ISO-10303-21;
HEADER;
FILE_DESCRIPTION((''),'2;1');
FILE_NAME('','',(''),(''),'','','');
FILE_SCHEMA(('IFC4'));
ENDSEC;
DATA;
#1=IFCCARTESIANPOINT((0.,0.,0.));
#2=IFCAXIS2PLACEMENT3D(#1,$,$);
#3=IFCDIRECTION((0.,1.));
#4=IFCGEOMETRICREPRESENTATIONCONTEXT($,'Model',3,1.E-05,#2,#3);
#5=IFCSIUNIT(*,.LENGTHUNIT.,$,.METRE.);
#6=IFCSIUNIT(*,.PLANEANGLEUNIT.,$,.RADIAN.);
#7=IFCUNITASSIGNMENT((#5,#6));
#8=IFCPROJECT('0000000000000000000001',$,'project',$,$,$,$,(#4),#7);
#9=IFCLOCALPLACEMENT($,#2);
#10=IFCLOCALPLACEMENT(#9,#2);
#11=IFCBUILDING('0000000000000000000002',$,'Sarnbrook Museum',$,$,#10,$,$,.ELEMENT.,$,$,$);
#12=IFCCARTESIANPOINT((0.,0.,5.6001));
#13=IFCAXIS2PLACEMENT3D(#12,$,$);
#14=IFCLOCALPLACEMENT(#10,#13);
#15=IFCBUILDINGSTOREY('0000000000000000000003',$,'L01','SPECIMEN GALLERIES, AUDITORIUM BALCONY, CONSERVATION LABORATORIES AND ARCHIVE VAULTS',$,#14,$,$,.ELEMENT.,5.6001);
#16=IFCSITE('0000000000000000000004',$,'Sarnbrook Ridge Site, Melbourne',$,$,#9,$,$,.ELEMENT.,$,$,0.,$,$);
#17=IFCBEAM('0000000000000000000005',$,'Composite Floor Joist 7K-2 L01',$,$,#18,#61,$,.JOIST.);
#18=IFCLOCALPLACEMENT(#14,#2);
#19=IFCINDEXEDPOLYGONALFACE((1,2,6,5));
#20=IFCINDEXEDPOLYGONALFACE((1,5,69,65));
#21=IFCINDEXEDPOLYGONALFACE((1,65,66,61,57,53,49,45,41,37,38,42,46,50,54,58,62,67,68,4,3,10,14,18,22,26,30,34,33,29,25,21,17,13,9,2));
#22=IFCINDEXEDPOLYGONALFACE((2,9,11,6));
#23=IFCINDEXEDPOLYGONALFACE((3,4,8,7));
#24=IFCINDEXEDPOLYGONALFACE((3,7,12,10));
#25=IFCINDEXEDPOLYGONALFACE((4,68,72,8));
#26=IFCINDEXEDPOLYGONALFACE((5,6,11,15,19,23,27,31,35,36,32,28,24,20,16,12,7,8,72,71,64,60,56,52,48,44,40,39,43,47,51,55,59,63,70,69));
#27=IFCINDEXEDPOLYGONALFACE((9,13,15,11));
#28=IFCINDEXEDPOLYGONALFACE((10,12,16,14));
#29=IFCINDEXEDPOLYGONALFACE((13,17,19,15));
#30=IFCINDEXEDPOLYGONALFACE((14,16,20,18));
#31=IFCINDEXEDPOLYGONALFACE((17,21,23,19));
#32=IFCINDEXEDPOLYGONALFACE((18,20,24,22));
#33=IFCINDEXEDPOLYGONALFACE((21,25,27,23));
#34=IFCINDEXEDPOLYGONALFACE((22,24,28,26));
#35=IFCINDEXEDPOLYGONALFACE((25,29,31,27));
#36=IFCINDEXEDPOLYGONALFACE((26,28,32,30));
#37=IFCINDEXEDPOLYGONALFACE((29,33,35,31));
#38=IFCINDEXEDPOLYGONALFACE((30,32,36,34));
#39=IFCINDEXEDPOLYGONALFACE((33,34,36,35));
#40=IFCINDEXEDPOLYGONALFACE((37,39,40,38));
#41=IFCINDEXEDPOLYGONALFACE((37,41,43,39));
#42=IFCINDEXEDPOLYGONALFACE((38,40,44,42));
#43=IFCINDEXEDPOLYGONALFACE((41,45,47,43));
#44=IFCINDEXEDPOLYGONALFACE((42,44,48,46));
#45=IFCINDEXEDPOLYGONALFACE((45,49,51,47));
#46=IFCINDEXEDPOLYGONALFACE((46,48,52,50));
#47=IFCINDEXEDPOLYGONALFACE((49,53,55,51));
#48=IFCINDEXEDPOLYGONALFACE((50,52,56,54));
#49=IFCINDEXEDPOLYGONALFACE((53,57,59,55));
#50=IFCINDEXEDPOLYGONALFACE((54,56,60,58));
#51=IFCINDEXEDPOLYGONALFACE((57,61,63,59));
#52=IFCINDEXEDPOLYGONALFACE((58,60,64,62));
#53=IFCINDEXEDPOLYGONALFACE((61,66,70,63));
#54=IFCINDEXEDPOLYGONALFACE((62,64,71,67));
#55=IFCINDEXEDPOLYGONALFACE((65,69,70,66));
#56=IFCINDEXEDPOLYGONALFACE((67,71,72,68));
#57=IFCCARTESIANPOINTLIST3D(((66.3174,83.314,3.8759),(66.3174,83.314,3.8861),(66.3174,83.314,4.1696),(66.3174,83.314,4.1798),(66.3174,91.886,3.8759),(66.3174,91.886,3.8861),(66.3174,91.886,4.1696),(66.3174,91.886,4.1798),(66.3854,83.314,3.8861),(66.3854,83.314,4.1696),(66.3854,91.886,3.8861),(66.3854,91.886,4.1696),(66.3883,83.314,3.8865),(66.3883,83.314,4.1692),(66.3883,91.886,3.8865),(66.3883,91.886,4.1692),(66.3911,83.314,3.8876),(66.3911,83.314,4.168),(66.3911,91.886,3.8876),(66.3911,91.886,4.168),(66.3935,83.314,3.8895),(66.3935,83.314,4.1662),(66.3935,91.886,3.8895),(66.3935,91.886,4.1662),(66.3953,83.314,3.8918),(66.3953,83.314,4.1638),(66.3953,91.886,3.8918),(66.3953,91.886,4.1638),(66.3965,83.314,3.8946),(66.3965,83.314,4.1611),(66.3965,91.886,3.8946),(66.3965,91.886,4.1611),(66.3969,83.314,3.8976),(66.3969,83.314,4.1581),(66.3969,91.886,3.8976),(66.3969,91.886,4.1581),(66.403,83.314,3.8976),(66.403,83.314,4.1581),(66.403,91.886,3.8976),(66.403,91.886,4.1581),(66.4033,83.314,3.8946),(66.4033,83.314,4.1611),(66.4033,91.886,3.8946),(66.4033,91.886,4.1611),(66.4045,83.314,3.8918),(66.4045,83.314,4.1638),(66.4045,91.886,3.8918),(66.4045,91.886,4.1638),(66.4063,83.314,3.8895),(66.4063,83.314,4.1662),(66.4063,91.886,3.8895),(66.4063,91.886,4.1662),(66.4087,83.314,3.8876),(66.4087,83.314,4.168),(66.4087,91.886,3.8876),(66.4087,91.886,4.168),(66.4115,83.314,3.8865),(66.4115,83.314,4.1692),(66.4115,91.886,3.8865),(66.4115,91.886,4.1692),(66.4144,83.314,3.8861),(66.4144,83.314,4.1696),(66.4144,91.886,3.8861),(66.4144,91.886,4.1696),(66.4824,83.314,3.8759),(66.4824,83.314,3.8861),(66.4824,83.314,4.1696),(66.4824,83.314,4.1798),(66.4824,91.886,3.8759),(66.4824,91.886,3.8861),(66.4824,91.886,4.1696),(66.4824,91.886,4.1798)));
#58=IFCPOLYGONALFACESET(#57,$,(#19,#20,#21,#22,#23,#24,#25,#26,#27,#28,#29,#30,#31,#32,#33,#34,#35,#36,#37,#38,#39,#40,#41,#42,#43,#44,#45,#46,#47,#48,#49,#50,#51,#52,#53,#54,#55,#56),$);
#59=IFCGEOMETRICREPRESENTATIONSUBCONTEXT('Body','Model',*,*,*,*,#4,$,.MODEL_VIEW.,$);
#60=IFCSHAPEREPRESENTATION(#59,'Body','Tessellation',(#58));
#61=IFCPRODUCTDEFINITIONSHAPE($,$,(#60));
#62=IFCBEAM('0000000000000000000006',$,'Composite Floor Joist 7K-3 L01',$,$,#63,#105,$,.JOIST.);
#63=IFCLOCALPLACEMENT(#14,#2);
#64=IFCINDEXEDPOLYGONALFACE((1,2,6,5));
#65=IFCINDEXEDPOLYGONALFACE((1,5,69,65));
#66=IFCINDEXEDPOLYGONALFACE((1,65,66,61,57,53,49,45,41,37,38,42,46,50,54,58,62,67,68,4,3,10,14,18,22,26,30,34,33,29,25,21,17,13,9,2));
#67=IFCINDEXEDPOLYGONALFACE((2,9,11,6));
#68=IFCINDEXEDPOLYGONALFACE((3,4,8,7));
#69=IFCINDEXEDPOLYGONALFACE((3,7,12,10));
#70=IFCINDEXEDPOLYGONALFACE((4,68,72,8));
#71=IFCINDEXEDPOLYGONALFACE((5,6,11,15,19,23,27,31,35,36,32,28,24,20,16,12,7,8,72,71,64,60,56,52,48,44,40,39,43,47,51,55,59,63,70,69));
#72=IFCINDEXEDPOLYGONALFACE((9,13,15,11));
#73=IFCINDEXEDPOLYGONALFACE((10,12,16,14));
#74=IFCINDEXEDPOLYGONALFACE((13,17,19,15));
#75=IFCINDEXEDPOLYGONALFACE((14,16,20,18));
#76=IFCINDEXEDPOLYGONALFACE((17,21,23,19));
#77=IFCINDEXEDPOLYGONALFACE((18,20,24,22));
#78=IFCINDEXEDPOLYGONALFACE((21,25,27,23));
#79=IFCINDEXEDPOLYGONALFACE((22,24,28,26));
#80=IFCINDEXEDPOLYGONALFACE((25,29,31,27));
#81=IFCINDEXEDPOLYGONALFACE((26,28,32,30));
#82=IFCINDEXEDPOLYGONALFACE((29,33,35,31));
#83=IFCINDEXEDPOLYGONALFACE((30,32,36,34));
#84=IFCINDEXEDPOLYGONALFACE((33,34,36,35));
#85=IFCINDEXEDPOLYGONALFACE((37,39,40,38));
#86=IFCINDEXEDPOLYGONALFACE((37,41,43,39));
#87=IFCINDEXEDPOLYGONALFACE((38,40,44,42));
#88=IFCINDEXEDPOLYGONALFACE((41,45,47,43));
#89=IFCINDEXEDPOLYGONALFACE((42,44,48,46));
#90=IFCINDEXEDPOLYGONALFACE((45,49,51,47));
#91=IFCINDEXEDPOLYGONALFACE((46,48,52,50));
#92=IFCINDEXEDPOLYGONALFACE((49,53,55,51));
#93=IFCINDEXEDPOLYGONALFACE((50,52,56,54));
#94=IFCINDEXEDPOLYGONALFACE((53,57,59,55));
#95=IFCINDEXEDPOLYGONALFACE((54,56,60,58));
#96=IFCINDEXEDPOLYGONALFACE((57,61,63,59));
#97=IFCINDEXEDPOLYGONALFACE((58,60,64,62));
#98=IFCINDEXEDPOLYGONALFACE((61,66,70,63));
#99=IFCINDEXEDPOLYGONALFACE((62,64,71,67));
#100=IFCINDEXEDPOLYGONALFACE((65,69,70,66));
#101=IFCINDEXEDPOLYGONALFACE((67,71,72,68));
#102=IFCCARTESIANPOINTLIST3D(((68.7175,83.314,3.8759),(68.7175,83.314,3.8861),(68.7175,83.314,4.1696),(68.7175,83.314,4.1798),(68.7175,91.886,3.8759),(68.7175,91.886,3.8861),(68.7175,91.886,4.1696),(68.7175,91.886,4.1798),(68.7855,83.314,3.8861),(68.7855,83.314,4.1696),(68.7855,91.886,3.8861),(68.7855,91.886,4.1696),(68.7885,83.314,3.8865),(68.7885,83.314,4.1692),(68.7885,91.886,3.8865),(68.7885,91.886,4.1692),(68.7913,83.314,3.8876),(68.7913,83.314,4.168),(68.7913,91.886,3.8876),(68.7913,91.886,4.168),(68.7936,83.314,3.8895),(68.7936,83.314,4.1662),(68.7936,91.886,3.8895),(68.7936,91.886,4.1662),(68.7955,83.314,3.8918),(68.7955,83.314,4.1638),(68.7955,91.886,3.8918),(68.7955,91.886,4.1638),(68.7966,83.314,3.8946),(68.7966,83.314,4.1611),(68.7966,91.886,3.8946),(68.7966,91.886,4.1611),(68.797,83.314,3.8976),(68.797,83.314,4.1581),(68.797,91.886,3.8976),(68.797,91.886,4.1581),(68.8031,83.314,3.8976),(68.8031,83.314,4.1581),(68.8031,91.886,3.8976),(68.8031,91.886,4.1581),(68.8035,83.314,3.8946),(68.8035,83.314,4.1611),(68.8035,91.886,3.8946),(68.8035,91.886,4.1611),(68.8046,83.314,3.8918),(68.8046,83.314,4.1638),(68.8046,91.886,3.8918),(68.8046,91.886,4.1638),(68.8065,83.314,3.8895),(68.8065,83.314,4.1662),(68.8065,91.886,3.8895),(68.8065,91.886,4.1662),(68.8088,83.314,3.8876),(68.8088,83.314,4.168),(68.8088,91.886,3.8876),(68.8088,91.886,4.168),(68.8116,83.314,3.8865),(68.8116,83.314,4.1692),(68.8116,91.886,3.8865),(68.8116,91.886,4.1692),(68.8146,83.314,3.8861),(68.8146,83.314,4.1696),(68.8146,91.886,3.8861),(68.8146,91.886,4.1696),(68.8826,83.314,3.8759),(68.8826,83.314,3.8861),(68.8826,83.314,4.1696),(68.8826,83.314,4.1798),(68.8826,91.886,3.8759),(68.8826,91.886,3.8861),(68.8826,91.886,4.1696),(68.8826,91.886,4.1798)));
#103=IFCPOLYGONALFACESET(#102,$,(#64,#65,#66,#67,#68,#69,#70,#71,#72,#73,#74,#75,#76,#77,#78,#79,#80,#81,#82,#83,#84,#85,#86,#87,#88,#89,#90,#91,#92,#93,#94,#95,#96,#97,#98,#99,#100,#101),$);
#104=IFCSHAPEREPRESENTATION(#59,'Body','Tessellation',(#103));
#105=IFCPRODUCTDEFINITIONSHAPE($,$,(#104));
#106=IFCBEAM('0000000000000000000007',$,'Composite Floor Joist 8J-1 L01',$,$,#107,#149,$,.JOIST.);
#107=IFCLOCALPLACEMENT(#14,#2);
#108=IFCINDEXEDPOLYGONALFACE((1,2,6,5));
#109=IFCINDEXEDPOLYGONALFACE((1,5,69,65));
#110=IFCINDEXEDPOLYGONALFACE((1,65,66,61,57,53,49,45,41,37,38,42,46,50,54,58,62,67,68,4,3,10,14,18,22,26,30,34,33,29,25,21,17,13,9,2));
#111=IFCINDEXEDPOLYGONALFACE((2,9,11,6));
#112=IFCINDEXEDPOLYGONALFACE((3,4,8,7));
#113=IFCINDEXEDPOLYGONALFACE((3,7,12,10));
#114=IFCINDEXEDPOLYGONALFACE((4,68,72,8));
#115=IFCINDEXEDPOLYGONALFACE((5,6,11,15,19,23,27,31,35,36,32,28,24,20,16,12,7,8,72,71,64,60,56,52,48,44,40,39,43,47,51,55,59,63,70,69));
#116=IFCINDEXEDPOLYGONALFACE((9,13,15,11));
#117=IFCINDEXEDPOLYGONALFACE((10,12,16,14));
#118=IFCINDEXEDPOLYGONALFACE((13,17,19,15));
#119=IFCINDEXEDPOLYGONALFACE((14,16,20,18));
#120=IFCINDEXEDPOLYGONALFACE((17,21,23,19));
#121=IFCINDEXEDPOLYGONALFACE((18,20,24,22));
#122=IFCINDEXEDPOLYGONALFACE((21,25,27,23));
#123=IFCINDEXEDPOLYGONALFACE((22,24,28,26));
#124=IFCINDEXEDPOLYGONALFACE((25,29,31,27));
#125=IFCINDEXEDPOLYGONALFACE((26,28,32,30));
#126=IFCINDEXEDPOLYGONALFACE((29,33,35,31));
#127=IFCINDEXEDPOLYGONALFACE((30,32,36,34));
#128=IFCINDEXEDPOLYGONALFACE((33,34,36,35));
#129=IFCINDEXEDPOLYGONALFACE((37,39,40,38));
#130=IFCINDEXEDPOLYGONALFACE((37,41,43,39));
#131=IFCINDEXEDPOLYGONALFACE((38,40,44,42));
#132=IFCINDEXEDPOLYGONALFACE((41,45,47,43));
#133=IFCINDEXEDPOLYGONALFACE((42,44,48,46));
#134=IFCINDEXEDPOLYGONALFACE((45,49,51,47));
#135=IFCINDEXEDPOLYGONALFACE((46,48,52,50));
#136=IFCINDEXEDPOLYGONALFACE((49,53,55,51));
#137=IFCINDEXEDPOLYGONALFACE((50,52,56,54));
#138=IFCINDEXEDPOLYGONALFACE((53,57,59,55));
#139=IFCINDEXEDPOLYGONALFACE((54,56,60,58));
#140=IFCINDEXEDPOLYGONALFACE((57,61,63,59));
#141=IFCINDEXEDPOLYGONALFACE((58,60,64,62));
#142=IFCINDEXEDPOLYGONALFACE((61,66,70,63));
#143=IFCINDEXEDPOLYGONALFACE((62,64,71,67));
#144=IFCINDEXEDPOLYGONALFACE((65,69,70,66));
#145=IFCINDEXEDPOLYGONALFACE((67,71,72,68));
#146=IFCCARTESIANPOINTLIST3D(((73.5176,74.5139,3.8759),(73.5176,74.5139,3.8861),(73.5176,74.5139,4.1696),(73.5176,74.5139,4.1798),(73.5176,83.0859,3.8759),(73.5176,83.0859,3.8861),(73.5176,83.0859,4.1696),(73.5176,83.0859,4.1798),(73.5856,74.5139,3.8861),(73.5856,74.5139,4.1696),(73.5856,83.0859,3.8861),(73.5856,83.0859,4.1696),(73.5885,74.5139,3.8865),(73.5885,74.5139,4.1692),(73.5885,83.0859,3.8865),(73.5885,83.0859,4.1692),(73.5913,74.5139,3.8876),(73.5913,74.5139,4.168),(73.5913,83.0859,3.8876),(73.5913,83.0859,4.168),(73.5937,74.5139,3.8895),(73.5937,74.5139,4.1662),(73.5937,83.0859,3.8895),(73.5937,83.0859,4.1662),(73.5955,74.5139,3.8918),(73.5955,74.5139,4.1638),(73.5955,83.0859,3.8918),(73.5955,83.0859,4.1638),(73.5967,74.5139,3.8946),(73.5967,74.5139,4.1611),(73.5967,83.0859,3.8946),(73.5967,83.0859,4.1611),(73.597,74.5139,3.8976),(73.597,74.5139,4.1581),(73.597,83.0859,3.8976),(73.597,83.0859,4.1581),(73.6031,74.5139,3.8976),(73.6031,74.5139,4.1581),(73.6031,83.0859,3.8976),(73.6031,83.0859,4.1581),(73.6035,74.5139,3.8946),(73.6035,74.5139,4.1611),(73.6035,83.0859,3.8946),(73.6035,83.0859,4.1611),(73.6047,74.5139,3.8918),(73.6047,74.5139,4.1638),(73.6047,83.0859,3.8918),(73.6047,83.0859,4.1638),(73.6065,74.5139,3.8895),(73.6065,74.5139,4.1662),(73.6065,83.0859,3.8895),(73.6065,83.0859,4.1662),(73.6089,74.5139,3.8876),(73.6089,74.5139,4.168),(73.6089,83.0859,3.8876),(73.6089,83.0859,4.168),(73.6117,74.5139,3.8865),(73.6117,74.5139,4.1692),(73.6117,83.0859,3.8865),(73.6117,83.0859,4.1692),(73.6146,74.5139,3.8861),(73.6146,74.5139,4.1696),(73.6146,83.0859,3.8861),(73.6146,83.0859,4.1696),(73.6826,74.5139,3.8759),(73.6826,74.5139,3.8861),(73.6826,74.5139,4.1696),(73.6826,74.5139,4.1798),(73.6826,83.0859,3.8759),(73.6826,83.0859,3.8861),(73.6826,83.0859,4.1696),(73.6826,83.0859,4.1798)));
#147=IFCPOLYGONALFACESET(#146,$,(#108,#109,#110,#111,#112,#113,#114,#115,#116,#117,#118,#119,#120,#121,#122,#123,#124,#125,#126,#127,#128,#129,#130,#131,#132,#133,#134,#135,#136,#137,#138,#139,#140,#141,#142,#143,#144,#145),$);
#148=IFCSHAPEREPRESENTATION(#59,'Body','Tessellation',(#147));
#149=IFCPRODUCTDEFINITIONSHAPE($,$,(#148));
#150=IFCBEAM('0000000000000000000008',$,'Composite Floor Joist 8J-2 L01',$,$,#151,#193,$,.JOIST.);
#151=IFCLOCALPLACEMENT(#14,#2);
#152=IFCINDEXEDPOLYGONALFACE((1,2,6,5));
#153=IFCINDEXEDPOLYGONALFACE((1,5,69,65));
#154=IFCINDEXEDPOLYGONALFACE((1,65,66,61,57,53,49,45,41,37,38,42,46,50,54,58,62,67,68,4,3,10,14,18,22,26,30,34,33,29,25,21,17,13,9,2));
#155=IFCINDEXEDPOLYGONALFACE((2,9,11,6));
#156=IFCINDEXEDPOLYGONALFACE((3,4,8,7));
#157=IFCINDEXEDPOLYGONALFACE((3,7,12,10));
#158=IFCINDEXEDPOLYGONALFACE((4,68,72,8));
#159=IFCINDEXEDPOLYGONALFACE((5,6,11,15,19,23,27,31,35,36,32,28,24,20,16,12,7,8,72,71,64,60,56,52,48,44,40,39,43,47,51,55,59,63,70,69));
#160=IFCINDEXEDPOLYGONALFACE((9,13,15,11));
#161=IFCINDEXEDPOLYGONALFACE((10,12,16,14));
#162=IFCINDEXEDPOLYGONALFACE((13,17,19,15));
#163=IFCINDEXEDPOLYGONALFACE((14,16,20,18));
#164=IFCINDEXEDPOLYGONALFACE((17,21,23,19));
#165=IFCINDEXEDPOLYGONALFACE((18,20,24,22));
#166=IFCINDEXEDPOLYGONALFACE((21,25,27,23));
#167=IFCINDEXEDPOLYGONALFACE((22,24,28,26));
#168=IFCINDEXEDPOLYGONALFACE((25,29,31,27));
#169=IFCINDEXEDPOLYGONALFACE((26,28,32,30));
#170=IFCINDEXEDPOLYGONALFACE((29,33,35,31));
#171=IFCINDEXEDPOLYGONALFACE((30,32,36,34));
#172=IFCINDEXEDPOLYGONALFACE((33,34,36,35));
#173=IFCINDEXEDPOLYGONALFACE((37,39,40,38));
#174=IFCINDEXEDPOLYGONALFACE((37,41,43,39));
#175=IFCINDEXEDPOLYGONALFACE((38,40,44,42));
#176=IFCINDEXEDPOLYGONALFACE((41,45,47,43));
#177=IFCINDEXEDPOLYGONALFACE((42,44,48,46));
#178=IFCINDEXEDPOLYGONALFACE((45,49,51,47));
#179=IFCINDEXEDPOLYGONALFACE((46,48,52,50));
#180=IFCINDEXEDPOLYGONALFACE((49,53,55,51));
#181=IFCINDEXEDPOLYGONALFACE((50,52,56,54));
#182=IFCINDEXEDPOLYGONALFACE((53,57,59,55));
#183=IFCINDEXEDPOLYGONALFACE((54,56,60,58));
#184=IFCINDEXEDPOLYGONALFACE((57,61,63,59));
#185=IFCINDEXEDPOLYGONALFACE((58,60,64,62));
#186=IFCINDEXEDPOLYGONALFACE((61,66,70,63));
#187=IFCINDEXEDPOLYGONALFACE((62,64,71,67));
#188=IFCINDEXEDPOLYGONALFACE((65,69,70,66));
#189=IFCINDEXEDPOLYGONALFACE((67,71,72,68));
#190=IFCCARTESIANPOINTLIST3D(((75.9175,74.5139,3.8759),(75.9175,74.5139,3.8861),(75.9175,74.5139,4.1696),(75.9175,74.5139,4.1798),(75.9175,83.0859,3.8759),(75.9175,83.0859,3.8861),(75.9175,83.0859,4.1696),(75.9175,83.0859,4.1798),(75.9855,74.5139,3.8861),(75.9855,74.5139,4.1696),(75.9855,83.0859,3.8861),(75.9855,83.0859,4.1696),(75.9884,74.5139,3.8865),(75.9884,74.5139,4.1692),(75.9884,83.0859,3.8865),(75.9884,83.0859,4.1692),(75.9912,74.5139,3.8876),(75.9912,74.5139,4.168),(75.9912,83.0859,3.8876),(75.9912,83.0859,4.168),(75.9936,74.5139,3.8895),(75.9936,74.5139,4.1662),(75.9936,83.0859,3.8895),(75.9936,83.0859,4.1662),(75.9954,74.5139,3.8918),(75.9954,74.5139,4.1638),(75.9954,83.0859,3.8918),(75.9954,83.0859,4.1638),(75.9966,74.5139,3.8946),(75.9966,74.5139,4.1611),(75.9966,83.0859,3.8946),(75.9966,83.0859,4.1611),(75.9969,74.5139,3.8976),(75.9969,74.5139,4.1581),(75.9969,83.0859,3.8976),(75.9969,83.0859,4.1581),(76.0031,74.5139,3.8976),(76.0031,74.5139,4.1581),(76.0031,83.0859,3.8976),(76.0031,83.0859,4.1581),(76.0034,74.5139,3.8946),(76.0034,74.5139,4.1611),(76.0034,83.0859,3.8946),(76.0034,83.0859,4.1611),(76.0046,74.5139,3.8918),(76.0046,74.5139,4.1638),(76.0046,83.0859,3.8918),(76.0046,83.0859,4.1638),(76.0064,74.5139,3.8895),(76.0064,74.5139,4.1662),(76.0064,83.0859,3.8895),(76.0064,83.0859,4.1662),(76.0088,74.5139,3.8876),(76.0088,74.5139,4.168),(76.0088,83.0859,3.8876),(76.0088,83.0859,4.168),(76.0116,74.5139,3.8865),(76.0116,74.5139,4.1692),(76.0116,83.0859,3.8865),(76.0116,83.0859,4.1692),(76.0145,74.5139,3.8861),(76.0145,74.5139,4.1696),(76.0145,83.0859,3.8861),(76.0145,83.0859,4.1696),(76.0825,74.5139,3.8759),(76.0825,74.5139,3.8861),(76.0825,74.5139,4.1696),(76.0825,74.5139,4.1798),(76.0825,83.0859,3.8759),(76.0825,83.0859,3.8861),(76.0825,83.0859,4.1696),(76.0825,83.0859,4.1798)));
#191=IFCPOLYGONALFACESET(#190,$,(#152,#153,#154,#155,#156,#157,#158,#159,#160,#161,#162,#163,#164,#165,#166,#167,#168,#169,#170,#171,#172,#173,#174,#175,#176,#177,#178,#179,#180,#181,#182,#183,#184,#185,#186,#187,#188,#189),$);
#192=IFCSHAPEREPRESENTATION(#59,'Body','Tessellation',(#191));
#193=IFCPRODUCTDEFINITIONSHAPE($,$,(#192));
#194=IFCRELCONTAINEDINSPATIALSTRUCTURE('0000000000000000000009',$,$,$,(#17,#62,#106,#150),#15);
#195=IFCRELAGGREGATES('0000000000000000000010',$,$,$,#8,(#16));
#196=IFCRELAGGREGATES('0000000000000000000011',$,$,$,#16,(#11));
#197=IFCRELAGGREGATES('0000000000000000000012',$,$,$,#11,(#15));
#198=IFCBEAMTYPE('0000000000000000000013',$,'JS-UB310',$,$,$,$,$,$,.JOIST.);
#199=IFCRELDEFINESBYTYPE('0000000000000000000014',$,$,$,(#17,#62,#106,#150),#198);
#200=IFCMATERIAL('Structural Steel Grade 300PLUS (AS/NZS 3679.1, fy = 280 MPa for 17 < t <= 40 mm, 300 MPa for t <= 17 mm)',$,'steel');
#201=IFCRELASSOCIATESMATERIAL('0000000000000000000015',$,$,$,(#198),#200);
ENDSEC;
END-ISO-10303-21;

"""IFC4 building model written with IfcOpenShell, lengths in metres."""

from ifc_helpers import new_model, si_unit, direction, frame, origin, origin_2d, place, context, subcontext, project, spatial, i_section, extrude, material, material_profile, profile_set, type_object, element, save


model = new_model("IFC4")

# Units and contexts
model_context = context("Model", 3, precision=1e-05, world=origin(), true_north=direction((0.0, 1.0)))
body_context = subcontext(model_context, "Body", "Model", "MODEL_VIEW")
ifc_project = project(units=[si_unit("LENGTHUNIT", "METRE"), si_unit("PLANEANGLEUNIT", "RADIAN")], contexts=[model_context])

# Site, building, storey
site_placement = place(None, origin())
site = spatial("IfcSite", under=ifc_project, at=site_placement, Name="Sarnbrook Ridge Site, Melbourne", CompositionType="ELEMENT", RefElevation=0.0)
building_placement = place(site_placement, origin())
building = spatial("IfcBuilding", under=site, at=building_placement, Name="Sarnbrook Museum", CompositionType="ELEMENT")
storey_placement = place(building_placement, frame((0.0, 0.0, 5.6001)))
storey = spatial("IfcBuildingStorey", under=building, at=storey_placement, Name="L01", Description="SPECIMEN GALLERIES, AUDITORIUM BALCONY, CONSERVATION LABORATORIES AND ARCHIVE VAULTS", CompositionType="ELEMENT", Elevation=5.6001)

# Beams
ifc_material_1 = material(Name="Structural Steel Grade 300PLUS (AS/NZS 3679.1, fy = 280 MPa for 17 < t <= 40 mm, 300 MPa for t <= 17 mm)", Category="steel")
ifc_material_profile_1 = material_profile(ifc_material_1, i_section(OverallWidth=0.165, OverallDepth=0.304, WebThickness=0.0061, FlangeThickness=0.0103, FilletRadius=0.0115, at=origin_2d()), Name="310UB40.4")
ifc_profile_set_1 = profile_set([ifc_material_profile_1], Name="Structural Steel Grade 300PLUS (AS/NZS 3679.1, fy = 280 MPa for 17 < t <= 40 mm, 300 MPa for t <= 17 mm)")
beam_type_1 = type_object("IfcBeamType", Name="JS-UB310", PredefinedType="JOIST", material=ifc_profile_set_1)
for number, where, z_axis, x_axis, name in (
    (1, (66.3999, 83.314, 4.0278), (0.0, 1.0, 0.0), (-1.0, 0.0, 0.0), "Composite Floor Joist 7K-2 L01"),
    (2, (68.8, 83.314, 4.0278), (0.0, 1.0, 0.0), (-1.0, 0.0, 0.0), "Composite Floor Joist 7K-3 L01"),
    (3, (73.6001, 74.5139, 4.0278), (0.0, 1.0, 0.0), (-1.0, 0.0, 0.0), "Composite Floor Joist 8J-1 L01"),
    (4, (76.0, 74.5139, 4.0278), (0.0, 1.0, 0.0), (-1.0, 0.0, 0.0), "Composite Floor Joist 8J-2 L01"),
):
    element("IfcBeam", number, at=place(storey_placement, frame(where, z_axis=z_axis, x_axis=x_axis)), inside=storey, type_object=beam_type_1, Name=name, PredefinedType="JOIST", context=body_context, shape_type="SweptSolid", body=[
        extrude(i_section(OverallWidth=0.165, OverallDepth=0.304, WebThickness=0.0061, FlangeThickness=0.0103, FilletRadius=0.0115, at=origin_2d()), origin(), (0.0, 0.0, 1.0), 8.572),
    ])

save(model, "model.ifc")
